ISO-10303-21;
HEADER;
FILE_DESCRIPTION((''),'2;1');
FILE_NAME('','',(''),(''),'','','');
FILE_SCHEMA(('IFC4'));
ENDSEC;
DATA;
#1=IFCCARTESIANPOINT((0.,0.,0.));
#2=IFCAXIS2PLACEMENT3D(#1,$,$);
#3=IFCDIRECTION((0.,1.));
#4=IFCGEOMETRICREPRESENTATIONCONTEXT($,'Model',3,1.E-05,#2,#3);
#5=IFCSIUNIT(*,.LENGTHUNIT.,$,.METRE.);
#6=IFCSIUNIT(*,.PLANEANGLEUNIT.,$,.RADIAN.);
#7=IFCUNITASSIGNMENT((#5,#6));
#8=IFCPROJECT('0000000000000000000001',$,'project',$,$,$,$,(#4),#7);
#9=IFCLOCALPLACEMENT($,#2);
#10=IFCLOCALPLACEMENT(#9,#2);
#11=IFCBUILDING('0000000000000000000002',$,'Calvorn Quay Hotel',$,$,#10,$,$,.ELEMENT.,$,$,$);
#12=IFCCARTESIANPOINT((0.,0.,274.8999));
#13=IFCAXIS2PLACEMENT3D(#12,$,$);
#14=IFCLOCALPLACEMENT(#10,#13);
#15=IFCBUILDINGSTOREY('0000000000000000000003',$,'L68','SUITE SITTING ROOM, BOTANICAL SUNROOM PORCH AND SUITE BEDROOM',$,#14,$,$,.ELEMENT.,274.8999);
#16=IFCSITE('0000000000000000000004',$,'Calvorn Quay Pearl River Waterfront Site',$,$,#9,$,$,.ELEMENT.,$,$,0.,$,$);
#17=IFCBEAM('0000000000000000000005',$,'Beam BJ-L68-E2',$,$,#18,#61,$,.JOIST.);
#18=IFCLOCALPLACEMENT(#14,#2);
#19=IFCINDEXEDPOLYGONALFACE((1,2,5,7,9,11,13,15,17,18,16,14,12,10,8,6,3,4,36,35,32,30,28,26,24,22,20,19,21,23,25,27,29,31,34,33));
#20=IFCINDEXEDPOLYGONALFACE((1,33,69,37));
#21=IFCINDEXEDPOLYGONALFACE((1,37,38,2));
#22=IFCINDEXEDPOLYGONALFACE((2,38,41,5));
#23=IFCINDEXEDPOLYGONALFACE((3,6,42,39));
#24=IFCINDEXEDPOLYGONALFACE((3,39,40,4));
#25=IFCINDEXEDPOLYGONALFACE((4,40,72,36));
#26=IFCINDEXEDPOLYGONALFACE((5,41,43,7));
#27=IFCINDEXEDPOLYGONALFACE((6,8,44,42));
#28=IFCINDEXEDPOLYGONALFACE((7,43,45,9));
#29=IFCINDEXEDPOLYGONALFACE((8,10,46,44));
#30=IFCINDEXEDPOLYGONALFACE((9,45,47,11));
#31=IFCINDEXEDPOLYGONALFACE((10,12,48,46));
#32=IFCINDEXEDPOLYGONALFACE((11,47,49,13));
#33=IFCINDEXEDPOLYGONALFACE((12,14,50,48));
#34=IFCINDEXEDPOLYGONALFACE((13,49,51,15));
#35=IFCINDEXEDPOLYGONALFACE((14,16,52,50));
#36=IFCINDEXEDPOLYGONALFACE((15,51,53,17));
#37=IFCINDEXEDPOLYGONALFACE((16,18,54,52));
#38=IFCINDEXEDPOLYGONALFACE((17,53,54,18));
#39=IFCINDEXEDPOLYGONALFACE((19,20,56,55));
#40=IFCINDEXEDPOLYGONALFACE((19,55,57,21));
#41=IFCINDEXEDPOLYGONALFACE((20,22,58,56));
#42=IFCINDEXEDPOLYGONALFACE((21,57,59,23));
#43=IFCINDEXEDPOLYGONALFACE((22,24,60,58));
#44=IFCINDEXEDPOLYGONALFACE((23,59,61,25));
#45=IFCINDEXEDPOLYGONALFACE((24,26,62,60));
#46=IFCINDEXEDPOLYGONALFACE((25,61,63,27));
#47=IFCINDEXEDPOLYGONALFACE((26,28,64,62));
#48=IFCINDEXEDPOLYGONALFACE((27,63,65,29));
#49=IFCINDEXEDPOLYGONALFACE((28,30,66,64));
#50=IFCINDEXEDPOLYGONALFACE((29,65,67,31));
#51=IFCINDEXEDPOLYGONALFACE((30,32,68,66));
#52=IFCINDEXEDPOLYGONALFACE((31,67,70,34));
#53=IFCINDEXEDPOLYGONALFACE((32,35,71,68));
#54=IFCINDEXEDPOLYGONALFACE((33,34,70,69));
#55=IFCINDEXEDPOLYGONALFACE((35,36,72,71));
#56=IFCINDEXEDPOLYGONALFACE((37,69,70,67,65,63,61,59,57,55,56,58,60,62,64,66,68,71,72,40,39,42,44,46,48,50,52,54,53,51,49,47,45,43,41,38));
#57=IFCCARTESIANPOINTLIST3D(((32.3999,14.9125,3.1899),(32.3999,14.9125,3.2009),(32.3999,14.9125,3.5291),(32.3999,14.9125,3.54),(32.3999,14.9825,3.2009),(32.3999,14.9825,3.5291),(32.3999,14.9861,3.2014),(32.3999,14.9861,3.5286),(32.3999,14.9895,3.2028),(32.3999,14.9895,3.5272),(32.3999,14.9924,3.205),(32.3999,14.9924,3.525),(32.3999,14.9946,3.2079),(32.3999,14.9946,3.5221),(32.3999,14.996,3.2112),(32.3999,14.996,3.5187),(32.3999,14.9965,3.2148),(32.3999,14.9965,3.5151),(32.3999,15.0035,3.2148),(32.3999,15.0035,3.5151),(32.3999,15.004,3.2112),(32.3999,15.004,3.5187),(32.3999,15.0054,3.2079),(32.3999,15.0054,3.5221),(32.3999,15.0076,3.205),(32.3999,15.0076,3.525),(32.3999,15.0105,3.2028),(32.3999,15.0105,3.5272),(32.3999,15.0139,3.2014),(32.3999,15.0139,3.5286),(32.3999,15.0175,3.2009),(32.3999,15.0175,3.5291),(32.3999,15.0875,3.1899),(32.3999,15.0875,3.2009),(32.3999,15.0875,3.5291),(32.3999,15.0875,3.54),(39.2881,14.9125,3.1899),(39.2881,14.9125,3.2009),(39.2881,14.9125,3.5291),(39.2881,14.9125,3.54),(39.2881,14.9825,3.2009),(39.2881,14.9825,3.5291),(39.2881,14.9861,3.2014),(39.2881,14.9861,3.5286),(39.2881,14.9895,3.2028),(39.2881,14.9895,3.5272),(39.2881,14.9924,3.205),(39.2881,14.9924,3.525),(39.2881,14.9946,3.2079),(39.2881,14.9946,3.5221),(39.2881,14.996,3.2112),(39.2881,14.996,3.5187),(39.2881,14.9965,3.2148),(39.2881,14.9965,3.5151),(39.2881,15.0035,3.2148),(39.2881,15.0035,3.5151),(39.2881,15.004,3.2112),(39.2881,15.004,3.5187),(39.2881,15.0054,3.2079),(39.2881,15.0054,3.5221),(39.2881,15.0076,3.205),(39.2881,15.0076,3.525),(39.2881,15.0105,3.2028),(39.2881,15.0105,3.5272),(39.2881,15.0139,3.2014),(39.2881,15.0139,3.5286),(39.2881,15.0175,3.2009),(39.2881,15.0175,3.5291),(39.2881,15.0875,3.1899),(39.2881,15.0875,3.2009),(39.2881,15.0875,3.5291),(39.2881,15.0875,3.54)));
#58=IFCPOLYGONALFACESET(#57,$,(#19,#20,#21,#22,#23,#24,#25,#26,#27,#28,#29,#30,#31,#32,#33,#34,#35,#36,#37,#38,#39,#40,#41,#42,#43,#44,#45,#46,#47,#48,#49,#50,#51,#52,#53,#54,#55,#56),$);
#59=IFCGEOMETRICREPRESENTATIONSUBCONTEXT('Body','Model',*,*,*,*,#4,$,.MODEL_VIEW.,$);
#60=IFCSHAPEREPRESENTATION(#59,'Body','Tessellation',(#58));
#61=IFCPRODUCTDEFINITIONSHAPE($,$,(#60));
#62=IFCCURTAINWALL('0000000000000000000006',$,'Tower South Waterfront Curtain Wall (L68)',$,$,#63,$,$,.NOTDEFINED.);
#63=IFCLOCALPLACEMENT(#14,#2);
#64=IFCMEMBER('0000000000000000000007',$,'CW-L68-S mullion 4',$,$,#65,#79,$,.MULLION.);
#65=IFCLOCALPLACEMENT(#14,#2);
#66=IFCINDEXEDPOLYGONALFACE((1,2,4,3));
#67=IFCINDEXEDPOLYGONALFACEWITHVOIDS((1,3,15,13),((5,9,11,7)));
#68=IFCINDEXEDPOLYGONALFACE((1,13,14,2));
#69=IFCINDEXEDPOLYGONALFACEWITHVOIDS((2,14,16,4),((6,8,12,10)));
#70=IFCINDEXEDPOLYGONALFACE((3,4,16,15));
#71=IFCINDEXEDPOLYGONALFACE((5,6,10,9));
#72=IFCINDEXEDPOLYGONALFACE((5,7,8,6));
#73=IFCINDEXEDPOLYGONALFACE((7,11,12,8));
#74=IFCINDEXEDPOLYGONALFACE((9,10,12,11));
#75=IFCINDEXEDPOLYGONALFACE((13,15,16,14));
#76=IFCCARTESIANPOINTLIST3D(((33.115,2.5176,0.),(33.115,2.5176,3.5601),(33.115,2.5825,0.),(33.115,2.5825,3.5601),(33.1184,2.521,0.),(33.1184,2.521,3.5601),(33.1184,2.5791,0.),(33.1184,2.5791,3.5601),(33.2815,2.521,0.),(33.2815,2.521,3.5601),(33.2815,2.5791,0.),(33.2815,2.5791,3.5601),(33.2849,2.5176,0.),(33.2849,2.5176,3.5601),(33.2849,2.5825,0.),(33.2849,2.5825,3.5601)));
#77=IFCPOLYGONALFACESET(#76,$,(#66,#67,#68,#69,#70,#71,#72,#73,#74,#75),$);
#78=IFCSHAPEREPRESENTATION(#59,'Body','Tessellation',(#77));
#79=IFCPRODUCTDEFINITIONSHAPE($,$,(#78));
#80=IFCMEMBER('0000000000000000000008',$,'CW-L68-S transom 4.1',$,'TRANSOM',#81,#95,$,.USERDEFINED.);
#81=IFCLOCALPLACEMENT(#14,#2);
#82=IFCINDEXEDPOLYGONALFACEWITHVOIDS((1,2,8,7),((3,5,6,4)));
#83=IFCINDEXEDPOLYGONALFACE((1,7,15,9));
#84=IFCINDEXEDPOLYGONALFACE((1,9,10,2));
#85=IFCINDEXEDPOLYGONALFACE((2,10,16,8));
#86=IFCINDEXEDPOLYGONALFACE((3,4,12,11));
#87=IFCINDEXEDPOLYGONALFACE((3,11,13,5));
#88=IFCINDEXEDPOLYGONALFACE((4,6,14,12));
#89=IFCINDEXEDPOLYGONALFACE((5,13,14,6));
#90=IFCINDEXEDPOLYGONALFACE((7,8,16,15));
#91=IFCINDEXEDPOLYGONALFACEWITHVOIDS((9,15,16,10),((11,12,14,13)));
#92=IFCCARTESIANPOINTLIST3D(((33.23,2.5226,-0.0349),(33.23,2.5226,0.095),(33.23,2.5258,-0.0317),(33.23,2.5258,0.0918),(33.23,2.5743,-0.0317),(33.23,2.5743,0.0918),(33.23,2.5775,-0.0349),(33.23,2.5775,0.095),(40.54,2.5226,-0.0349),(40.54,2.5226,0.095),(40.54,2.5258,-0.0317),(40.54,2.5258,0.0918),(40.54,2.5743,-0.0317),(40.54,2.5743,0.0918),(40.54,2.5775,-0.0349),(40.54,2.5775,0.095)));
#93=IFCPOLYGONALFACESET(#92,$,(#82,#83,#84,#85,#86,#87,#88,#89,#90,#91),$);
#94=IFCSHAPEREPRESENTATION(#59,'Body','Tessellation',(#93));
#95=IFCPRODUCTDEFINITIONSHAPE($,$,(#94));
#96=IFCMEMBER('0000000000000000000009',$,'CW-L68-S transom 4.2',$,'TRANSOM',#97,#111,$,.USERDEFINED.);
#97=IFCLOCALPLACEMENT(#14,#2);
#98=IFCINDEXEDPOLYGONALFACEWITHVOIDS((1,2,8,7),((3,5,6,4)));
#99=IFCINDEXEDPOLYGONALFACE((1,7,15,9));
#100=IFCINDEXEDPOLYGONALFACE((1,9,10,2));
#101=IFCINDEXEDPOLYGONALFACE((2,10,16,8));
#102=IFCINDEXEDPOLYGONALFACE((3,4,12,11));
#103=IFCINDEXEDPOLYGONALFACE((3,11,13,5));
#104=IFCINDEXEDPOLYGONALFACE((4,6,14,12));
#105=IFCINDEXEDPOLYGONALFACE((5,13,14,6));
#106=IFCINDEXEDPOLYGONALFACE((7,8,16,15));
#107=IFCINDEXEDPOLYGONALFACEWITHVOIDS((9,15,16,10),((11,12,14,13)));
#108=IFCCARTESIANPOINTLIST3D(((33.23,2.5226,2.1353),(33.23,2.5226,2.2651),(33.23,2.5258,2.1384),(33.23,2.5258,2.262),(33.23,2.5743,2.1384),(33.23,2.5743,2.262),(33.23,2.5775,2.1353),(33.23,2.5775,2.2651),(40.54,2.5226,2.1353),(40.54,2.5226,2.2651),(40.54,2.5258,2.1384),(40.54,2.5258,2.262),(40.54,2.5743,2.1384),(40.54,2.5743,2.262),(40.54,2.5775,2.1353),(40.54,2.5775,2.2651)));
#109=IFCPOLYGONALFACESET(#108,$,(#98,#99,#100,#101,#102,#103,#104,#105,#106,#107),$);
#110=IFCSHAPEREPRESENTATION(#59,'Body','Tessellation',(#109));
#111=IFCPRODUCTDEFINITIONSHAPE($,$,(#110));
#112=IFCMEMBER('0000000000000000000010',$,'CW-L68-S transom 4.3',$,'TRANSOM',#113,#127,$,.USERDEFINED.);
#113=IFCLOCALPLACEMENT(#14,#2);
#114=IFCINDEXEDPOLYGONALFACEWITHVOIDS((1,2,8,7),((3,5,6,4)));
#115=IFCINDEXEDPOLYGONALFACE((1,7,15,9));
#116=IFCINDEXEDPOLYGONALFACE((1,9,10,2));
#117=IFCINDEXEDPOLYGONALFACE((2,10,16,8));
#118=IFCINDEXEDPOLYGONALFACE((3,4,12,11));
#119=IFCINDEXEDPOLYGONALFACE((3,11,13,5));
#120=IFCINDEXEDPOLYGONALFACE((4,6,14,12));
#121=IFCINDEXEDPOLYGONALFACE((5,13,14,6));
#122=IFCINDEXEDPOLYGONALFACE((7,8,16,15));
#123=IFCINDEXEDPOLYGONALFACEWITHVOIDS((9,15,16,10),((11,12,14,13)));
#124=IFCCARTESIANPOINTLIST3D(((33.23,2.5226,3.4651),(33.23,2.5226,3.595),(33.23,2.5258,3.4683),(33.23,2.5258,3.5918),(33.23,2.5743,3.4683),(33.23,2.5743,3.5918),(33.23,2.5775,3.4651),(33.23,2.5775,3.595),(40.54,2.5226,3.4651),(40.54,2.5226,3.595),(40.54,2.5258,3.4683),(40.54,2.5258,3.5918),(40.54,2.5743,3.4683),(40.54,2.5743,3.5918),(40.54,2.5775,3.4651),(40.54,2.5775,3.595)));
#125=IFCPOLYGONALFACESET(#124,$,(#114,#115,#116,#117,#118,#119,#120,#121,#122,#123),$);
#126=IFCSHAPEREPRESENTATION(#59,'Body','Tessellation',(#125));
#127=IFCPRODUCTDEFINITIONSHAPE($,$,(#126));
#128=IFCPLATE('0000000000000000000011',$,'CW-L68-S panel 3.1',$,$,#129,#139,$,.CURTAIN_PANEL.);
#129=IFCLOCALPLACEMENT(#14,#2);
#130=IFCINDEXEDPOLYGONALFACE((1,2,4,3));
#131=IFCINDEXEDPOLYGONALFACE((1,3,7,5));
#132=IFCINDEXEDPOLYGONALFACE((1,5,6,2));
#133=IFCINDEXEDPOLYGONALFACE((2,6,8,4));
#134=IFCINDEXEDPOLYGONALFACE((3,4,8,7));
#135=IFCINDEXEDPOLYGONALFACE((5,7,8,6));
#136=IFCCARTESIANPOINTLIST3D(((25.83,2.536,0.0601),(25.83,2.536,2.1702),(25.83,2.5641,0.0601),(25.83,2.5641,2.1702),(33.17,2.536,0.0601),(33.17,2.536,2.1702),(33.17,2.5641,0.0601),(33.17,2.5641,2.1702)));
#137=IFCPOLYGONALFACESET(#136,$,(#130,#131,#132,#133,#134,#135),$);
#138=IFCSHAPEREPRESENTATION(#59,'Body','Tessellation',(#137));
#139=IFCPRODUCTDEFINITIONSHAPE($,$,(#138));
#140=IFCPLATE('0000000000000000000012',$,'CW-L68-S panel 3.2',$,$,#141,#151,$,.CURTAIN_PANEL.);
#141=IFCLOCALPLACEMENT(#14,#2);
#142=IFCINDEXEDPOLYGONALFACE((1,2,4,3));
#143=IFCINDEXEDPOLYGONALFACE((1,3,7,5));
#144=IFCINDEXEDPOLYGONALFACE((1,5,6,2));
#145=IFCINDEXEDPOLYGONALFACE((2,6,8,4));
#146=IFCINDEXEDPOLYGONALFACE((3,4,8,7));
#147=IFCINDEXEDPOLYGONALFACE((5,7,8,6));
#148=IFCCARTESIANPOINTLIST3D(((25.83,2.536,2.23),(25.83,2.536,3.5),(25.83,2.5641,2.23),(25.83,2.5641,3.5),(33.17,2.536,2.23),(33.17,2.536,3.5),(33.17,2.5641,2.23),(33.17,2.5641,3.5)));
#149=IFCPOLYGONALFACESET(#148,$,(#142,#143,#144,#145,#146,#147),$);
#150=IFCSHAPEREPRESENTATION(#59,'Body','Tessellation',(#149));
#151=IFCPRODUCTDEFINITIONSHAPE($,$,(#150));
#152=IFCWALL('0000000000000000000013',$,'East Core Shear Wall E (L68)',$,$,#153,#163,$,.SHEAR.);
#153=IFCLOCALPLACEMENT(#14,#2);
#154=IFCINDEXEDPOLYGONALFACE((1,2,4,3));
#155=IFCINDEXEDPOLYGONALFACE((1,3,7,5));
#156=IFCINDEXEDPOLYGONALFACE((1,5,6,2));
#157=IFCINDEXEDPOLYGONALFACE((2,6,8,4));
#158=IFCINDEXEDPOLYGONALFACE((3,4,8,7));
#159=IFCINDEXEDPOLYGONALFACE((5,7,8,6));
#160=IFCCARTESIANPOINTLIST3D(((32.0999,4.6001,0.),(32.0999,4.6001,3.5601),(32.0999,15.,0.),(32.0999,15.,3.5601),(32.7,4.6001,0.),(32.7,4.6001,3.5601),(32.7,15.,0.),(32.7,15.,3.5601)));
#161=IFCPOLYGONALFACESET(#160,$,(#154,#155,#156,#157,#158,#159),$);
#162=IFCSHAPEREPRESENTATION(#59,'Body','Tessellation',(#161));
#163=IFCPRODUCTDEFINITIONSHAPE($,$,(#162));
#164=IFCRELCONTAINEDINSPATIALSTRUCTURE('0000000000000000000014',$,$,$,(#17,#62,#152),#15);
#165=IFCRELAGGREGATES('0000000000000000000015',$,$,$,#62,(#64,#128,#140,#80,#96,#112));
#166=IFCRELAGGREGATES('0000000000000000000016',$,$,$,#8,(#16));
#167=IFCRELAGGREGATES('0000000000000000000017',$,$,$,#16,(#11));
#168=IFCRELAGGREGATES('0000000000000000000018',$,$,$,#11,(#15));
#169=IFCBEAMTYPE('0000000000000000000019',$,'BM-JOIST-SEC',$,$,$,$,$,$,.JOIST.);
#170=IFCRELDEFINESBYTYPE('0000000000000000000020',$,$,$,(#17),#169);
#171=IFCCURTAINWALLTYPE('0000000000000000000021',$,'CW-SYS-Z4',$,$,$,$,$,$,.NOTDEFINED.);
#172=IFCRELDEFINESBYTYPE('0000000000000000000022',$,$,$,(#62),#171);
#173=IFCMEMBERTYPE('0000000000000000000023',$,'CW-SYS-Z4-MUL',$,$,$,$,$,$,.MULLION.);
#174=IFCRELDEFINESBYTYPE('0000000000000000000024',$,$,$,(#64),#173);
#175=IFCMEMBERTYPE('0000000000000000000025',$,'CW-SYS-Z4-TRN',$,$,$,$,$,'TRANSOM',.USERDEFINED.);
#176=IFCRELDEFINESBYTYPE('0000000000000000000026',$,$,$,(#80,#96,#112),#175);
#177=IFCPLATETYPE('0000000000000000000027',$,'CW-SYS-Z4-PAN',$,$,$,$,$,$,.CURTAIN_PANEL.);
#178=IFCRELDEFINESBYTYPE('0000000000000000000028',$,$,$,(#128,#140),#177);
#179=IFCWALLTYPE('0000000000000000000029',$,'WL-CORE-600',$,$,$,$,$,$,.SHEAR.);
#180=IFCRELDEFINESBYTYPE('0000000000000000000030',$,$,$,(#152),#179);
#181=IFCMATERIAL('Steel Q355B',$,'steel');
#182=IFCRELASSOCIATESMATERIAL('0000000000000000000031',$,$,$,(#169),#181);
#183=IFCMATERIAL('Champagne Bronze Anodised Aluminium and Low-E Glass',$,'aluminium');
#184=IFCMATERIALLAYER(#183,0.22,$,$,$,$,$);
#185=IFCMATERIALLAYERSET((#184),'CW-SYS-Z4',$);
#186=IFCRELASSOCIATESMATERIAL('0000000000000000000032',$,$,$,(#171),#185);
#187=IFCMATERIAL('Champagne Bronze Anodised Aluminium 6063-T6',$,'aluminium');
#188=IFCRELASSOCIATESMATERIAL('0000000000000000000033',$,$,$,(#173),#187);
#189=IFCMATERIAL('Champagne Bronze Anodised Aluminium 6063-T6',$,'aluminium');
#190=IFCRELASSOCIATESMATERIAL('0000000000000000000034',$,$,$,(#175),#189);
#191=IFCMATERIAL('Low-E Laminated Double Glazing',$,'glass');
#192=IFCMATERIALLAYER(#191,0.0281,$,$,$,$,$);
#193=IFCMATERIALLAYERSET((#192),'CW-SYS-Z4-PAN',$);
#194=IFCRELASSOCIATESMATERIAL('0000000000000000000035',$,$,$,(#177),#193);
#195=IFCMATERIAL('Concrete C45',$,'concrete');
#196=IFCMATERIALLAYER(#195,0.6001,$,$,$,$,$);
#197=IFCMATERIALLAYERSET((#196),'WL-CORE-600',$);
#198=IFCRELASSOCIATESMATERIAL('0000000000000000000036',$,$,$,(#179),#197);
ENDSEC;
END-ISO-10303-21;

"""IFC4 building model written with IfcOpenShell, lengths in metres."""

from ifc_helpers import new_model, si_unit, direction, frame, frame_2d, origin, origin_2d, place, context, subcontext, project, spatial, rectangle, hollow_rectangle, i_section, extrude, material, layer, layer_set, material_profile, profile_set, type_object, element, aggregate, save


model = new_model("IFC4")

# Units and contexts
model_context = context("Model", 3, precision=1e-05, world=origin(), true_north=direction((0.0, 1.0)))
body_context = subcontext(model_context, "Body", "Model", "MODEL_VIEW")
ifc_project = project(units=[si_unit("LENGTHUNIT", "METRE"), si_unit("PLANEANGLEUNIT", "RADIAN")], contexts=[model_context])

# Site, building, storey
site_placement = place(None, origin())
site = spatial("IfcSite", under=ifc_project, at=site_placement, Name="Calvorn Quay Pearl River Waterfront Site", CompositionType="ELEMENT", RefElevation=0.0)
building_placement = place(site_placement, origin())
building = spatial("IfcBuilding", under=site, at=building_placement, Name="Calvorn Quay Hotel", CompositionType="ELEMENT")
storey_placement = place(building_placement, frame((0.0, 0.0, 274.8999)))
storey = spatial("IfcBuildingStorey", under=building, at=storey_placement, Name="L68", Description="SUITE SITTING ROOM, BOTANICAL SUNROOM PORCH AND SUITE BEDROOM", CompositionType="ELEMENT", Elevation=274.8999)

# Beam
ifc_material_1 = material(Name="Steel Q355B", Category="steel")
ifc_material_profile_1 = material_profile(ifc_material_1, i_section(OverallWidth=0.175, OverallDepth=0.3501, WebThickness=0.0071, FlangeThickness=0.011, FilletRadius=0.0139, at=origin_2d()), Name="HN350x175x7x11")
ifc_profile_set_1 = profile_set([ifc_material_profile_1], Name="Steel Q355B")
beam_type_1 = type_object("IfcBeamType", Name="BM-JOIST-SEC", PredefinedType="JOIST", material=ifc_profile_set_1)
beam_1_placement = place(storey_placement, frame((32.3999, 15.0, 3.365), z_axis=(1.0, 0.0, 0.0), x_axis=(0.0, 1.0, 0.0)))
element("IfcBeam", 1, at=beam_1_placement, inside=storey, type_object=beam_type_1, Name="Beam BJ-L68-E2", PredefinedType="JOIST", context=body_context, shape_type="SweptSolid", body=[
    extrude(i_section(OverallWidth=0.175, OverallDepth=0.3501, WebThickness=0.0071, FlangeThickness=0.011, FilletRadius=0.0139, at=origin_2d()), origin(), (0.0, 0.0, 1.0), 6.8882),
])

# Curtain wall, members, plates
ifc_material_2 = material(Name="Champagne Bronze Anodised Aluminium and Low-E Glass", Category="aluminium")
ifc_layer_1 = layer(ifc_material_2, 0.22)
ifc_layer_set_1 = layer_set([ifc_layer_1], Name="CW-SYS-Z4")
curtain_wall_type = type_object("IfcCurtainWallType", Name="CW-SYS-Z4", PredefinedType="NOTDEFINED", material=ifc_layer_set_1)
curtain_wall_placement = place(storey_placement, origin())
curtain_wall = element("IfcCurtainWall", 2, at=curtain_wall_placement, inside=storey, type_object=curtain_wall_type, Name="Tower South Waterfront Curtain Wall (L68)", PredefinedType="NOTDEFINED")
ifc_material_3 = material(Name="Champagne Bronze Anodised Aluminium 6063-T6", Category="aluminium")
ifc_material_profile_2 = material_profile(ifc_material_3, hollow_rectangle(XDim=0.0649, YDim=0.1699, WallThickness=0.0034, at=origin_2d()), Name="ALU-M170x65x3.5")
ifc_profile_set_2 = profile_set([ifc_material_profile_2], Name="Champagne Bronze Anodised Aluminium 6063-T6")
member_type_1 = type_object("IfcMemberType", Name="CW-SYS-Z4-MUL", PredefinedType="MULLION", material=ifc_profile_set_2)
member_1_placement = place(storey_placement, frame((33.2, 2.55, 0.0), z_axis=(0.0, 0.0, 1.0), x_axis=(0.0, 1.0, 0.0)))
member_1 = element("IfcMember", 3, at=member_1_placement, type_object=member_type_1, Name="CW-L68-S mullion 4", PredefinedType="MULLION", context=body_context, shape_type="SweptSolid", body=[
    extrude(hollow_rectangle(XDim=0.0649, YDim=0.1699, WallThickness=0.0034, at=origin_2d()), origin(), (0.0, 0.0, 1.0), 3.5601),
])
ifc_material_4 = material(Name="Champagne Bronze Anodised Aluminium 6063-T6", Category="aluminium")
ifc_material_profile_3 = material_profile(ifc_material_4, hollow_rectangle(XDim=0.0549, YDim=0.1299, WallThickness=0.0032, at=origin_2d()), Name="ALU-T130x55x3.2")
ifc_profile_set_3 = profile_set([ifc_material_profile_3], Name="Champagne Bronze Anodised Aluminium 6063-T6")
member_type_2 = type_object("IfcMemberType", Name="CW-SYS-Z4-TRN", ElementType="TRANSOM", PredefinedType="USERDEFINED", material=ifc_profile_set_3)
member_2_placement = place(storey_placement, frame((33.23, 2.55, 0.03), z_axis=(1.0, 0.0, 0.0), x_axis=(0.0, 1.0, 0.0)))
member_2 = element("IfcMember", 4, at=member_2_placement, type_object=member_type_2, Name="CW-L68-S transom 4.1", ObjectType="TRANSOM", PredefinedType="USERDEFINED", context=body_context, shape_type="SweptSolid", body=[
    extrude(hollow_rectangle(XDim=0.0549, YDim=0.1299, WallThickness=0.0032, at=origin_2d()), origin(), (0.0, 0.0, 1.0), 7.3101),
])
member_3_placement = place(storey_placement, frame((33.23, 2.55, 2.2002), z_axis=(1.0, 0.0, 0.0), x_axis=(0.0, 1.0, 0.0)))
member_3 = element("IfcMember", 5, at=member_3_placement, type_object=member_type_2, Name="CW-L68-S transom 4.2", ObjectType="TRANSOM", PredefinedType="USERDEFINED", context=body_context, shape_type="SweptSolid", body=[
    extrude(hollow_rectangle(XDim=0.0549, YDim=0.1299, WallThickness=0.0032, at=origin_2d()), origin(), (0.0, 0.0, 1.0), 7.3101),
])
member_4_placement = place(storey_placement, frame((33.23, 2.55, 3.53), z_axis=(1.0, 0.0, 0.0), x_axis=(0.0, 1.0, 0.0)))
member_4 = element("IfcMember", 6, at=member_4_placement, type_object=member_type_2, Name="CW-L68-S transom 4.3", ObjectType="TRANSOM", PredefinedType="USERDEFINED", context=body_context, shape_type="SweptSolid", body=[
    extrude(hollow_rectangle(XDim=0.0549, YDim=0.1299, WallThickness=0.0032, at=origin_2d()), origin(), (0.0, 0.0, 1.0), 7.3101),
])
ifc_material_5 = material(Name="Low-E Laminated Double Glazing", Category="glass")
ifc_layer_2 = layer(ifc_material_5, 0.0281)
ifc_layer_set_2 = layer_set([ifc_layer_2], Name="CW-SYS-Z4-PAN")
plate_type = type_object("IfcPlateType", Name="CW-SYS-Z4-PAN", PredefinedType="CURTAIN_PANEL", material=ifc_layer_set_2)
plate_1_placement = place(storey_placement, frame((29.5, 2.55, 0.0601), z_axis=(0.0, 0.0, 1.0), x_axis=(1.0, 0.0, 0.0)))
plate_1 = element("IfcPlate", 7, at=plate_1_placement, type_object=plate_type, Name="CW-L68-S panel 3.1", PredefinedType="CURTAIN_PANEL", context=body_context, shape_type="SweptSolid", body=[
    extrude(rectangle(XDim=7.3401, YDim=0.0281, at=origin_2d()), origin(), (0.0, 0.0, 1.0), 2.1101),
])
plate_2_placement = place(storey_placement, frame((29.5, 2.55, 2.23), z_axis=(0.0, 0.0, 1.0), x_axis=(1.0, 0.0, 0.0)))
plate_2 = element("IfcPlate", 8, at=plate_2_placement, type_object=plate_type, Name="CW-L68-S panel 3.2", PredefinedType="CURTAIN_PANEL", context=body_context, shape_type="SweptSolid", body=[
    extrude(rectangle(XDim=7.3401, YDim=0.0281, at=origin_2d()), origin(), (0.0, 0.0, 1.0), 1.27),
])
aggregate(curtain_wall, [member_1, plate_1, plate_2, member_2, member_3, member_4])

# Wall
ifc_material_6 = material(Name="Concrete C45", Category="concrete")
ifc_layer_3 = layer(ifc_material_6, 0.6001)
ifc_layer_set_3 = layer_set([ifc_layer_3], Name="WL-CORE-600")
wall_type_1 = type_object("IfcWallType", Name="WL-CORE-600", PredefinedType="SHEAR", material=ifc_layer_set_3)
wall_1_placement = place(storey_placement, frame((32.3999, 4.6001, 0.0), z_axis=(0.0, 0.0, 1.0), x_axis=(0.0, 1.0, 0.0)))
element("IfcWall", 9, at=wall_1_placement, inside=storey, type_object=wall_type_1, Name="East Core Shear Wall E (L68)", PredefinedType="SHEAR", context=body_context, shape_type="SweptSolid", body=[
    extrude(rectangle(XDim=10.3999, YDim=0.6001, at=frame_2d((5.2, 0.0))), origin(), (0.0, 0.0, 1.0), 3.5601),
])

save(model, "model.ifc")
